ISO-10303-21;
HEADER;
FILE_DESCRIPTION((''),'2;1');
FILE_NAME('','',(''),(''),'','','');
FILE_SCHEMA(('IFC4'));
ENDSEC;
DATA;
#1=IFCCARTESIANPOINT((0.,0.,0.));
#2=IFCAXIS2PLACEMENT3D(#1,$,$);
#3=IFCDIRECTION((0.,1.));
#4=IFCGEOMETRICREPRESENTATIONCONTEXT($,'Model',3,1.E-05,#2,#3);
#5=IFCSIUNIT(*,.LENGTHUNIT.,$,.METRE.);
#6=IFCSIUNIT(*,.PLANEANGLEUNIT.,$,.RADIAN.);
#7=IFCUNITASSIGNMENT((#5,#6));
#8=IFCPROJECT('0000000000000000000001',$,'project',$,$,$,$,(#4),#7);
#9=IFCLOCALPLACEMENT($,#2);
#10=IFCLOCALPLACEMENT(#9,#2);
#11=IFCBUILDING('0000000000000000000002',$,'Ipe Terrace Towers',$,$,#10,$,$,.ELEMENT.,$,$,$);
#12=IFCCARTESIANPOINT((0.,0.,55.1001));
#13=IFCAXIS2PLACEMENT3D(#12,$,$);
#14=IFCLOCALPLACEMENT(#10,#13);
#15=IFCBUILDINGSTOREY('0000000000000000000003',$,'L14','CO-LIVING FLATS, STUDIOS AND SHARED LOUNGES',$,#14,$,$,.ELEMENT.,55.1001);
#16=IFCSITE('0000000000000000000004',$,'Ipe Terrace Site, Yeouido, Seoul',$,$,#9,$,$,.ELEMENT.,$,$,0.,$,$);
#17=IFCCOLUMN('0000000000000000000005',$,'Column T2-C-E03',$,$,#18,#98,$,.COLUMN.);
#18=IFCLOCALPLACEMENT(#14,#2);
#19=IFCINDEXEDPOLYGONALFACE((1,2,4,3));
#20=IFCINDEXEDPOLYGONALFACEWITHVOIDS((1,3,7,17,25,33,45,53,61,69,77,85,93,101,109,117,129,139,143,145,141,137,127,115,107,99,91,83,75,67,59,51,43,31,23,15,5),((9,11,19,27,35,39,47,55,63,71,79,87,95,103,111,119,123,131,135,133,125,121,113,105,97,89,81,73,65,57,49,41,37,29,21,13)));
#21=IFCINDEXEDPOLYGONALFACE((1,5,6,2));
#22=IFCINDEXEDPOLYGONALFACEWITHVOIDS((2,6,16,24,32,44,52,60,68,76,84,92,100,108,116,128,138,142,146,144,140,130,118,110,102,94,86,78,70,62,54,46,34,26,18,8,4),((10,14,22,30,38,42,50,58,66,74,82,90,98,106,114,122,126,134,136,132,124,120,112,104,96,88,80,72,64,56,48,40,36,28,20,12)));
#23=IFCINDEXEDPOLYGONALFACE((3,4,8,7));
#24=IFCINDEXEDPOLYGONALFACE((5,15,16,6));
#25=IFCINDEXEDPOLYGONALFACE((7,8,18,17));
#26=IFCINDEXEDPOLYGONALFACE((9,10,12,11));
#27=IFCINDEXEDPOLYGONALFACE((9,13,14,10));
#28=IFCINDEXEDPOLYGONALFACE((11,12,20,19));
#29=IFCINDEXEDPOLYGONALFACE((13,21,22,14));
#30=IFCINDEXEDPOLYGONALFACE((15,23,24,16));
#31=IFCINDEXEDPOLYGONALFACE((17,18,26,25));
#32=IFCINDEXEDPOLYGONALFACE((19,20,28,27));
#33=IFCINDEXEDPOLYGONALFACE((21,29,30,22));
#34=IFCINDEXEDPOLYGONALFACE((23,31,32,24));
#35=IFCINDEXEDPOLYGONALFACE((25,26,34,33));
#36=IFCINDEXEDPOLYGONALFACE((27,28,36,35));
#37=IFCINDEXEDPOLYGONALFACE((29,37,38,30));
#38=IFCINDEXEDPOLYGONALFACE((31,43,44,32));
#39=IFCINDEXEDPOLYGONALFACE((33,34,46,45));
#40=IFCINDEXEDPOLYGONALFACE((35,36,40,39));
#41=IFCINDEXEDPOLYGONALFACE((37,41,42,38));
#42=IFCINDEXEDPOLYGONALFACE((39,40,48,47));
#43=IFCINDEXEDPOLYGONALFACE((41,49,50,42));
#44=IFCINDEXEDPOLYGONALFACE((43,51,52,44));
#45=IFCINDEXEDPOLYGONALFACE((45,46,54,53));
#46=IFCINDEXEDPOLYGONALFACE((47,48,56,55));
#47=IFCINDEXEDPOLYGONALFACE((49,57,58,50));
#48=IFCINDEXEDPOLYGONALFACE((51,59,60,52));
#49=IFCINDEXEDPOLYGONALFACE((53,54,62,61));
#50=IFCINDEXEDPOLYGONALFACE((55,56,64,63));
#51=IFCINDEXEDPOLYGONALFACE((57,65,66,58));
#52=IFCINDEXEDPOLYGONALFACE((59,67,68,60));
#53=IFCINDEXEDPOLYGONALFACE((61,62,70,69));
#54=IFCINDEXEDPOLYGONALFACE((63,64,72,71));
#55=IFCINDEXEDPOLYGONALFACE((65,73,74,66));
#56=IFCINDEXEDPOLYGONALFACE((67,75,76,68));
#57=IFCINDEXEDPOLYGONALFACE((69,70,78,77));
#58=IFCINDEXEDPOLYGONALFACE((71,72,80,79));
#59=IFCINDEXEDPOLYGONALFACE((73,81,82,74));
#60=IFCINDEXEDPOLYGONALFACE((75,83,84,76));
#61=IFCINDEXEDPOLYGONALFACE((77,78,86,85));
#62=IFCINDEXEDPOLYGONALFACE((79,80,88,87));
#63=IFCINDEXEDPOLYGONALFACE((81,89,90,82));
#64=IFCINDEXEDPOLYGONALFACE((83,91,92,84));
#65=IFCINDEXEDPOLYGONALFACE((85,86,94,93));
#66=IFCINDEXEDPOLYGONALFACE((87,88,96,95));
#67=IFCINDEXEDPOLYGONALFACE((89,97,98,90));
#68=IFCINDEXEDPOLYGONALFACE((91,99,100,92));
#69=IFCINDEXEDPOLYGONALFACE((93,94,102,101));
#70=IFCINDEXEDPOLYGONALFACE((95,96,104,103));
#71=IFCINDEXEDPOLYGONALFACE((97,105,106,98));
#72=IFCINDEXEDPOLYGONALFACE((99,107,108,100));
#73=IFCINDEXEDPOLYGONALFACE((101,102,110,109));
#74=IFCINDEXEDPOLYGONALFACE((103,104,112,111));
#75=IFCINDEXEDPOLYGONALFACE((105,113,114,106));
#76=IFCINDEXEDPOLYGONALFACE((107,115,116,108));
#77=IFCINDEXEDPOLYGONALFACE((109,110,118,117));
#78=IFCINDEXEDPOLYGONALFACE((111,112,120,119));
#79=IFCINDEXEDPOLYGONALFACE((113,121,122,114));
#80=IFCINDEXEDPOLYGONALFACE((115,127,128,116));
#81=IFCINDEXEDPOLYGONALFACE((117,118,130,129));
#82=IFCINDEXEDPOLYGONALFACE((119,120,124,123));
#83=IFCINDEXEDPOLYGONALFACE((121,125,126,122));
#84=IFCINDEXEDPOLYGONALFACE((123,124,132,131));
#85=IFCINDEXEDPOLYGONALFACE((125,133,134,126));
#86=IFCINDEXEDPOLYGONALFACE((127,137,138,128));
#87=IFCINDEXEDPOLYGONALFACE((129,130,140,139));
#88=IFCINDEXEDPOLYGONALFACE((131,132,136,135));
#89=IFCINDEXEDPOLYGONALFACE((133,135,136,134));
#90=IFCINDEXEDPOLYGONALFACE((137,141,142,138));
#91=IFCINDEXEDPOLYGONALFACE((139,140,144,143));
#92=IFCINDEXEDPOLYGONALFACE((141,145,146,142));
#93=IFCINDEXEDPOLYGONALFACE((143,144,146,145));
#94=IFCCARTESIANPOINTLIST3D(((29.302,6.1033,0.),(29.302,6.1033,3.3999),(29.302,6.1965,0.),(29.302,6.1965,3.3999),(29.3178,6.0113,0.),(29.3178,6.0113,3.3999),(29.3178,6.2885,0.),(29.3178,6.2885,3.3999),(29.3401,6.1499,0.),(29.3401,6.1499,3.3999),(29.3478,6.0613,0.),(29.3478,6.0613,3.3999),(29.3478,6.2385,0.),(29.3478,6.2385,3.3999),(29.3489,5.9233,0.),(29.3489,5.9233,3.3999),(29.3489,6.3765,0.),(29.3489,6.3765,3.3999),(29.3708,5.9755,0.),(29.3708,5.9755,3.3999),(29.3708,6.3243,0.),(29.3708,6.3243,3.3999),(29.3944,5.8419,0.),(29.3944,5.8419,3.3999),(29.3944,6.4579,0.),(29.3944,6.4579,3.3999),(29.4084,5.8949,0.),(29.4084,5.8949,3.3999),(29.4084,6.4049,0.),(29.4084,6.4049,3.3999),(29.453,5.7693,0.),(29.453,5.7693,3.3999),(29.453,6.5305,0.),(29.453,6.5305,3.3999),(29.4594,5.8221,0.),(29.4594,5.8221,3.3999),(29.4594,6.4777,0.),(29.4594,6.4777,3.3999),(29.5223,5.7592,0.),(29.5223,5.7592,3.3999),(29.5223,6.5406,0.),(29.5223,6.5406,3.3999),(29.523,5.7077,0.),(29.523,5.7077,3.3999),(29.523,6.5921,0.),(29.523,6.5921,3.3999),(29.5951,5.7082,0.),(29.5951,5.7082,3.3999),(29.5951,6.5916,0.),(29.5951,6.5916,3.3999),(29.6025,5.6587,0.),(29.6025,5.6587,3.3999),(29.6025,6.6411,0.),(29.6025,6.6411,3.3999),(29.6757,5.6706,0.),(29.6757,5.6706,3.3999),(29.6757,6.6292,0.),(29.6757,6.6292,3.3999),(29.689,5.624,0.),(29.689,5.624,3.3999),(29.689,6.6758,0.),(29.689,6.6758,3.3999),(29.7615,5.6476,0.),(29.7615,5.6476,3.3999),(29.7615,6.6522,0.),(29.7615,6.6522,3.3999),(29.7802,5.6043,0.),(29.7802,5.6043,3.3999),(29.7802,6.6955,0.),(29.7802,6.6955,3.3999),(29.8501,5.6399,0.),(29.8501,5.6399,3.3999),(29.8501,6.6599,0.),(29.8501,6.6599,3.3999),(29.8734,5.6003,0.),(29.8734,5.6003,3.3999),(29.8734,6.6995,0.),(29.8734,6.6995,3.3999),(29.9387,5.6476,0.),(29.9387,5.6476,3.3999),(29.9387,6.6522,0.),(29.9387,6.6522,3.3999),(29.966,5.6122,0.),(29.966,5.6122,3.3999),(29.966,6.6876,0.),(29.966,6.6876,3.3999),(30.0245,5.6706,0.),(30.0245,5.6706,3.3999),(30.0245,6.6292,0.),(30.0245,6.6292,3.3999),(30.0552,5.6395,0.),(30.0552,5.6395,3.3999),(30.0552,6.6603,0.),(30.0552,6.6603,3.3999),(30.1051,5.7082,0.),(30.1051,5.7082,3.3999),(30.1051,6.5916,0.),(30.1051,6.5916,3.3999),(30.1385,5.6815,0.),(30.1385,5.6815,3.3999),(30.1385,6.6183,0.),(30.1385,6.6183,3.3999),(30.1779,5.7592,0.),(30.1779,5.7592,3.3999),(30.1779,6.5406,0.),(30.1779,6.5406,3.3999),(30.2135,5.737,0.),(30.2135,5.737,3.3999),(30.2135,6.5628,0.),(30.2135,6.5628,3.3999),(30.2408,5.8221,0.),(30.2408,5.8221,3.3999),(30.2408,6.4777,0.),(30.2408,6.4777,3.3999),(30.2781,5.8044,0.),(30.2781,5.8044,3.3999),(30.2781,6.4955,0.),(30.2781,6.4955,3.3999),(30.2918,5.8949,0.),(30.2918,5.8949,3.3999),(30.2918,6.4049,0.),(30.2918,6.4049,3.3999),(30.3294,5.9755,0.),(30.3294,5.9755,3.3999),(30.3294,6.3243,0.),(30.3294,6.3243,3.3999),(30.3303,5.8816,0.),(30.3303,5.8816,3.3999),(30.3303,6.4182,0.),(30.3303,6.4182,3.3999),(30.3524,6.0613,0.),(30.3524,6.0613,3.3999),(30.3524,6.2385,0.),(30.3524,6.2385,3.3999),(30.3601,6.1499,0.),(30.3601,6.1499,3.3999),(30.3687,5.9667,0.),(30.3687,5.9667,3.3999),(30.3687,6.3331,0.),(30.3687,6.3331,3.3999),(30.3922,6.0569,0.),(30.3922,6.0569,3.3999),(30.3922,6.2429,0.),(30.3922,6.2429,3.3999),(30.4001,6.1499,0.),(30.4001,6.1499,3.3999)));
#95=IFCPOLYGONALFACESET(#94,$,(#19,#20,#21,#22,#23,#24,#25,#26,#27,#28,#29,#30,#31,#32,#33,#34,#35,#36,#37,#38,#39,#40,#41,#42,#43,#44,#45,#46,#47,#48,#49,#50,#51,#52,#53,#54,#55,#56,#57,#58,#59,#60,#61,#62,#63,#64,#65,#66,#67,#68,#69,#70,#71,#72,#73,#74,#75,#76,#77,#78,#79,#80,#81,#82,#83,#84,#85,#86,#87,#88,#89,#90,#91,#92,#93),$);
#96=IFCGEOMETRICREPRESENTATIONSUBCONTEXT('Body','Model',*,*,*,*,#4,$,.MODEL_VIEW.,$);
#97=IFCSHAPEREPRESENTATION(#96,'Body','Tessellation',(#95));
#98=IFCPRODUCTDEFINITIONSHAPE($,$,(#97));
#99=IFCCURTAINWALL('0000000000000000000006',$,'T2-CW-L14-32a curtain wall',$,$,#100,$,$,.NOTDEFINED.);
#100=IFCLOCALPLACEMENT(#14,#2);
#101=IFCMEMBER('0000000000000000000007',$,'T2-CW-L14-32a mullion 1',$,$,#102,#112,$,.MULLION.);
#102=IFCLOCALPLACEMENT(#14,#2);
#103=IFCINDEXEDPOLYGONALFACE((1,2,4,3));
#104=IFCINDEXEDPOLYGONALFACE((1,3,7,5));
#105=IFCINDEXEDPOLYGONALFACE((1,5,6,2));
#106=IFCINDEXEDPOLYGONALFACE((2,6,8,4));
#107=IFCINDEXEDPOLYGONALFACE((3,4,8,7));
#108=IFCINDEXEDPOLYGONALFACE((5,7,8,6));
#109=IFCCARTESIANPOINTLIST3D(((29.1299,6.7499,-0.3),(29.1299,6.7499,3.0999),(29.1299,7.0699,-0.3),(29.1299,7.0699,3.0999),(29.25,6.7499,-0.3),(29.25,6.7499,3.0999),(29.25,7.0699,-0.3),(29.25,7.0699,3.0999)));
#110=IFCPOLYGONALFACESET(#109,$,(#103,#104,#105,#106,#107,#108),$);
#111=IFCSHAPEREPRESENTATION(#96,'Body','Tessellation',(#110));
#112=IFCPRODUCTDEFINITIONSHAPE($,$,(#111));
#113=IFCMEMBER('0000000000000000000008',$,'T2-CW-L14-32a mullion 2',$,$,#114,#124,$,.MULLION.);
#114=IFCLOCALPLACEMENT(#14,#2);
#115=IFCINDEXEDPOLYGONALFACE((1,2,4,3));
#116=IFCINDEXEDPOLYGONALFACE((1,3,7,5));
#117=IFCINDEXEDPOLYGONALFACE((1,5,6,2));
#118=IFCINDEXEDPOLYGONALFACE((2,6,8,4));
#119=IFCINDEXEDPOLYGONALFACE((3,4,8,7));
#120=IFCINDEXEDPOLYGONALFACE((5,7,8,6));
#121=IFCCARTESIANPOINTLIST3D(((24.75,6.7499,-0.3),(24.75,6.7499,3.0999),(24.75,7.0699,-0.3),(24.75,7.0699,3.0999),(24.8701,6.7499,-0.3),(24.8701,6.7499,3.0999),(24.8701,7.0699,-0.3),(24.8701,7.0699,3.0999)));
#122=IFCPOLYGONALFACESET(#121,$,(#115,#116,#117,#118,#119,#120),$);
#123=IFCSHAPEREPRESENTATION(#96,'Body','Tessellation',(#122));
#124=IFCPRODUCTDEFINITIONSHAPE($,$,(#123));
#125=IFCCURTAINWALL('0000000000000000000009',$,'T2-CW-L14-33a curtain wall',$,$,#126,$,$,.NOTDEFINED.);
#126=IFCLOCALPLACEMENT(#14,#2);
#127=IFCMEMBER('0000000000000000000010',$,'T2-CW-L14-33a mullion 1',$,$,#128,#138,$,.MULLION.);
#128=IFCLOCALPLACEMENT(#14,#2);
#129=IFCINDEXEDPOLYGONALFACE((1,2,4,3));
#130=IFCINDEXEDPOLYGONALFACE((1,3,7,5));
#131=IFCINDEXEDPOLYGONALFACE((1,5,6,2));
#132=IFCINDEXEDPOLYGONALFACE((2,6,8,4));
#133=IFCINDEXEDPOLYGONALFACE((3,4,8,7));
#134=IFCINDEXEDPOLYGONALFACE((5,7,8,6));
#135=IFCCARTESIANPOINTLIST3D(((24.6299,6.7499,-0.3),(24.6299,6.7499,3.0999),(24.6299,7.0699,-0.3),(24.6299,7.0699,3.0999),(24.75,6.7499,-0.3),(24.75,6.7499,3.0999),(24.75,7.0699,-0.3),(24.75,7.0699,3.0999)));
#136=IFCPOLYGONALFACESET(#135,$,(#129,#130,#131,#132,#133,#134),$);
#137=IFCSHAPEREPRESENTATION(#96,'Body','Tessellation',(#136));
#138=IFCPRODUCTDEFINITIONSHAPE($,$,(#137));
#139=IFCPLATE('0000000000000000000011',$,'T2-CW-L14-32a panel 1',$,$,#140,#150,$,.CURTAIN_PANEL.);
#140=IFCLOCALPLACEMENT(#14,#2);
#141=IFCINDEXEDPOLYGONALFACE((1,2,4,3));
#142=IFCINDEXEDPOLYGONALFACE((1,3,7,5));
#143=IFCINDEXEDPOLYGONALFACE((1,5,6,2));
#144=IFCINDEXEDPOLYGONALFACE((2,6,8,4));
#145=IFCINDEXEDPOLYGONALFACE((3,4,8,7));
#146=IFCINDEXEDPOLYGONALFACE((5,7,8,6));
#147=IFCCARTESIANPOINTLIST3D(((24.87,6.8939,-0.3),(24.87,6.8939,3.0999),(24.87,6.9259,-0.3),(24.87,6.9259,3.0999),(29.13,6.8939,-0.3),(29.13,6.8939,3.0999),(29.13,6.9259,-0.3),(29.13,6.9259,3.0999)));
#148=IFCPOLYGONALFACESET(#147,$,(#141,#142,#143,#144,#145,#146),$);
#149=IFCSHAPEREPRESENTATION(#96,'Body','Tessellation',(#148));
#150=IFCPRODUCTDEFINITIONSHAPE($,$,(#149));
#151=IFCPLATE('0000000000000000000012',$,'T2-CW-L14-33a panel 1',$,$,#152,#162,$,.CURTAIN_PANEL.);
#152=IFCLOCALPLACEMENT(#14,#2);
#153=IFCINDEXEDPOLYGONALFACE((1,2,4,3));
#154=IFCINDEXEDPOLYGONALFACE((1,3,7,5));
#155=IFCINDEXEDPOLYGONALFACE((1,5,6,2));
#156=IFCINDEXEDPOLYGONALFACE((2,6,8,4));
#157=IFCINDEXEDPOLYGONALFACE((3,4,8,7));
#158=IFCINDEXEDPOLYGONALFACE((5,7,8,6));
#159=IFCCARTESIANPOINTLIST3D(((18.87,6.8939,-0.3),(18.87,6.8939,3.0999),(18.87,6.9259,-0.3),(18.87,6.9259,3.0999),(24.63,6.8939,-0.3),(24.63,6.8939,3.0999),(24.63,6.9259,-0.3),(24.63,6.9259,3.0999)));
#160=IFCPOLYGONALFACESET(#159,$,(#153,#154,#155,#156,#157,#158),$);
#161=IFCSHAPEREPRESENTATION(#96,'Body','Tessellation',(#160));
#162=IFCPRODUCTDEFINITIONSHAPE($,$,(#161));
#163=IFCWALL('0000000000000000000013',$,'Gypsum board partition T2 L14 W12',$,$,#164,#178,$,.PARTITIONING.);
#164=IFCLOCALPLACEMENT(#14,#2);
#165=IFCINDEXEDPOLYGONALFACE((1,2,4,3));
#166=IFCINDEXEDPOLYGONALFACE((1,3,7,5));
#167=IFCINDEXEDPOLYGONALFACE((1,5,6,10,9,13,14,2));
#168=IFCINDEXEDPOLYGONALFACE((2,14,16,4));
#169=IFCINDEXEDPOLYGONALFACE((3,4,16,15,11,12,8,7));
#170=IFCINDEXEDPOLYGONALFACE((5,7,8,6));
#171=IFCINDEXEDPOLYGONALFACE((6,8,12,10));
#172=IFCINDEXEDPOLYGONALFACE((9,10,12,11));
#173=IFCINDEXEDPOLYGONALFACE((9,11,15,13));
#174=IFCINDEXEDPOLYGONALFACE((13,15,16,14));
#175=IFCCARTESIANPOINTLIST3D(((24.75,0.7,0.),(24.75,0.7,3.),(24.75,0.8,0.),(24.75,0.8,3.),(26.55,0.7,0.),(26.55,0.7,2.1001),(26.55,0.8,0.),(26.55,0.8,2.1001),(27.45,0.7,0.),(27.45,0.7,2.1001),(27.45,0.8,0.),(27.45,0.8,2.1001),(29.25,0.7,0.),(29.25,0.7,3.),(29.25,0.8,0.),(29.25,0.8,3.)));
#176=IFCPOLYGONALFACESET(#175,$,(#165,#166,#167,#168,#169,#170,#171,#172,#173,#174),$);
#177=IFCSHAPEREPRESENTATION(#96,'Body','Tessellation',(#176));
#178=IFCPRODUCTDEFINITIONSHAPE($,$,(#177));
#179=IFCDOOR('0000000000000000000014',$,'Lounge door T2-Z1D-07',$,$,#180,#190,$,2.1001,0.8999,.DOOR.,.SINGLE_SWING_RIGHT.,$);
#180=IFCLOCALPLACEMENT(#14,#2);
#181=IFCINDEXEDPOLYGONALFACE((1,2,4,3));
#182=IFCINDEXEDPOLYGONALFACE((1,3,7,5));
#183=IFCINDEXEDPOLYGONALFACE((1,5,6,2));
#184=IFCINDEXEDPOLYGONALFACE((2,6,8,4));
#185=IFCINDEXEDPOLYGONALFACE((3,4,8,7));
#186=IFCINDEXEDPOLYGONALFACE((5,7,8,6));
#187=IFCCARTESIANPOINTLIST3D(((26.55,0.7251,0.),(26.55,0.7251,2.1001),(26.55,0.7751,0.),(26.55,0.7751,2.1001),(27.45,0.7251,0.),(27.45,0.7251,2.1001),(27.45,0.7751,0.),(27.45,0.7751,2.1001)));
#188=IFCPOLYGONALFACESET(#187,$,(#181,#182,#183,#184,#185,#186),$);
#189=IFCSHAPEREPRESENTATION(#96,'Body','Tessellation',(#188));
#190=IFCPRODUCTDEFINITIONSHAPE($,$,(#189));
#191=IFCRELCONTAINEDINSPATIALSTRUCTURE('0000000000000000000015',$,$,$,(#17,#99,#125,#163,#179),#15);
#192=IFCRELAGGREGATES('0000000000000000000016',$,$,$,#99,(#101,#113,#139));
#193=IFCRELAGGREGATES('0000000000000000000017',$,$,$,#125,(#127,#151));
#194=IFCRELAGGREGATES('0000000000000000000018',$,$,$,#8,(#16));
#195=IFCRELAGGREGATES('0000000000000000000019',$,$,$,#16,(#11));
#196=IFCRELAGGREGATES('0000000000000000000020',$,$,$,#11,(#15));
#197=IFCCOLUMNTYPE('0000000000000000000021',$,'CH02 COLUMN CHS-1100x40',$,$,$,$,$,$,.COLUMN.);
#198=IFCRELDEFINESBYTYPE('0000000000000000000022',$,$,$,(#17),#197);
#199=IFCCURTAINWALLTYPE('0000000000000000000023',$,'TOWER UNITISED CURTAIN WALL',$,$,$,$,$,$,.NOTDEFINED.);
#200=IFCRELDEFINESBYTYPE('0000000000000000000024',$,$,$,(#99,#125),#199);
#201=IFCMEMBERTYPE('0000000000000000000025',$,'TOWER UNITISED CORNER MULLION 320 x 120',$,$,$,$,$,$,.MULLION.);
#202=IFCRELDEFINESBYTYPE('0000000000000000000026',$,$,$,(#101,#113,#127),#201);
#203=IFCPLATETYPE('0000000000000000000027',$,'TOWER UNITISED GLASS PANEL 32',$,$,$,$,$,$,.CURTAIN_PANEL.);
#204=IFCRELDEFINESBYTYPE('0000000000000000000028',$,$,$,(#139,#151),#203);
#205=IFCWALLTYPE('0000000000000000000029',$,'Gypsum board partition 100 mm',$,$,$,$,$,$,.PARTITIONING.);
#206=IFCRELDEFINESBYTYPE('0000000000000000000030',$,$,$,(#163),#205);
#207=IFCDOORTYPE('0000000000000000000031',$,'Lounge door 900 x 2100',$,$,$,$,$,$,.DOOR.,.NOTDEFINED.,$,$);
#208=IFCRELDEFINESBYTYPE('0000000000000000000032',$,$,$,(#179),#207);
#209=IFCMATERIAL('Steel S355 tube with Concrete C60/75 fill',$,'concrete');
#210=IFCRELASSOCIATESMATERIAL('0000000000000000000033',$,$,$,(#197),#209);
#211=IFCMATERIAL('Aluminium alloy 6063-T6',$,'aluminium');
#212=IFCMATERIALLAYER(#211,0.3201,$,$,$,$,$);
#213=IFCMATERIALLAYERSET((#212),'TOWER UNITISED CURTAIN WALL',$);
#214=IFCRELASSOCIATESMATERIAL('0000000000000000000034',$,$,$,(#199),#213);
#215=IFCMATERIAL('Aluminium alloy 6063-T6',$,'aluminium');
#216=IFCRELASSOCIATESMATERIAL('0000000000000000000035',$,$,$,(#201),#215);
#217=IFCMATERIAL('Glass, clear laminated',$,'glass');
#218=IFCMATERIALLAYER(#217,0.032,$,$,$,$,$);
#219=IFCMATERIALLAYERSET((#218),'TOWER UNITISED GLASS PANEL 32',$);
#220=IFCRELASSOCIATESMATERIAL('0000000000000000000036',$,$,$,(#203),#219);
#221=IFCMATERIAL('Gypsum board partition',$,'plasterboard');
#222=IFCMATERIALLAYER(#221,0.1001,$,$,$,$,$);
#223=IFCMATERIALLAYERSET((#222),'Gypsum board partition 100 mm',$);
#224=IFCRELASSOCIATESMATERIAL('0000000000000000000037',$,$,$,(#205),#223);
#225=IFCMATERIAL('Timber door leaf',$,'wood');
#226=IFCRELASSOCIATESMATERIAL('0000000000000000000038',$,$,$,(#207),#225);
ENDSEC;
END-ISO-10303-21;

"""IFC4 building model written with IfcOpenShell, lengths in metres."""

from ifc_helpers import new_model, si_unit, direction, frame, frame_2d, origin, origin_2d, place, context, subcontext, project, spatial, rectangle, hollow_circle, extrude, material, layer, layer_set, material_profile, profile_set, type_object, element, fill, aggregate, save


model = new_model("IFC4")

# Units and contexts
model_context = context("Model", 3, precision=1e-05, world=origin(), true_north=direction((0.0, 1.0)))
body_context = subcontext(model_context, "Body", "Model", "MODEL_VIEW")
ifc_project = project(units=[si_unit("LENGTHUNIT", "METRE"), si_unit("PLANEANGLEUNIT", "RADIAN")], contexts=[model_context])

# Site, building, storey
site_placement = place(None, origin())
site = spatial("IfcSite", under=ifc_project, at=site_placement, Name="Ipe Terrace Site, Yeouido, Seoul", CompositionType="ELEMENT", RefElevation=0.0)
building_placement = place(site_placement, origin())
building = spatial("IfcBuilding", under=site, at=building_placement, Name="Ipe Terrace Towers", CompositionType="ELEMENT")
storey_placement = place(building_placement, frame((0.0, 0.0, 55.1001)))
storey = spatial("IfcBuildingStorey", under=building, at=storey_placement, Name="L14", Description="CO-LIVING FLATS, STUDIOS AND SHARED LOUNGES", CompositionType="ELEMENT", Elevation=55.1001)

# Column
ifc_material_1 = material(Name="Steel S355 tube with Concrete C60/75 fill", Category="concrete")
ifc_material_profile_1 = material_profile(ifc_material_1, hollow_circle(Radius=0.55, WallThickness=0.04, at=origin_2d()), Name="CHS-1100x40")
ifc_profile_set_1 = profile_set([ifc_material_profile_1], Name="Steel S355 tube with Concrete C60/75 fill")
column_type = type_object("IfcColumnType", Name="CH02 COLUMN CHS-1100x40", PredefinedType="COLUMN", material=ifc_profile_set_1)
column_placement = place(storey_placement, frame((29.8501, 6.1499, 0.0), z_axis=(0.0, 0.0, 1.0), x_axis=(1.0, 0.0, 0.0)))
element("IfcColumn", 1, at=column_placement, inside=storey, type_object=column_type, Name="Column T2-C-E03", PredefinedType="COLUMN", context=body_context, shape_type="SweptSolid", body=[
    extrude(hollow_circle(Radius=0.55, WallThickness=0.04, at=origin_2d()), origin(), (0.0, 0.0, 1.0), 3.3999),
])

# Curtain wall, members
ifc_material_2 = material(Name="Aluminium alloy 6063-T6", Category="aluminium")
ifc_layer_1 = layer(ifc_material_2, 0.3201)
ifc_layer_set_1 = layer_set([ifc_layer_1], Name="TOWER UNITISED CURTAIN WALL")
curtain_wall_type = type_object("IfcCurtainWallType", Name="TOWER UNITISED CURTAIN WALL", PredefinedType="NOTDEFINED", material=ifc_layer_set_1)
curtain_wall_1_placement = place(storey_placement, origin())
curtain_wall_1 = element("IfcCurtainWall", 2, at=curtain_wall_1_placement, inside=storey, type_object=curtain_wall_type, Name="T2-CW-L14-32a curtain wall", PredefinedType="NOTDEFINED")
ifc_material_3 = material(Name="Aluminium alloy 6063-T6", Category="aluminium")
ifc_material_profile_2 = material_profile(ifc_material_3, rectangle(XDim=0.3201, YDim=0.1201, at=origin_2d()), Name="TOWER UNITISED CORNER MULLION 320 x 120")
ifc_profile_set_2 = profile_set([ifc_material_profile_2], Name="Aluminium alloy 6063-T6")
member_type = type_object("IfcMemberType", Name="TOWER UNITISED CORNER MULLION 320 x 120", PredefinedType="MULLION", material=ifc_profile_set_2)
member_1_placement = place(storey_placement, frame((29.1899, 6.9099, -0.3), z_axis=(0.0, 0.0, 1.0), x_axis=(0.0, 1.0, 0.0)))
member_1 = element("IfcMember", 3, at=member_1_placement, type_object=member_type, Name="T2-CW-L14-32a mullion 1", PredefinedType="MULLION", context=body_context, shape_type="SweptSolid", body=[
    extrude(rectangle(XDim=0.3201, YDim=0.1201, at=origin_2d()), origin(), (0.0, 0.0, 1.0), 3.3999),
])
member_2_placement = place(storey_placement, frame((24.8101, 6.9099, -0.3), z_axis=(0.0, 0.0, 1.0), x_axis=(0.0, 1.0, 0.0)))
member_2 = element("IfcMember", 4, at=member_2_placement, type_object=member_type, Name="T2-CW-L14-32a mullion 2", PredefinedType="MULLION", context=body_context, shape_type="SweptSolid", body=[
    extrude(rectangle(XDim=0.3201, YDim=0.1201, at=origin_2d()), origin(), (0.0, 0.0, 1.0), 3.3999),
])

# Curtain wall, member
curtain_wall_2_placement = place(storey_placement, origin())
curtain_wall_2 = element("IfcCurtainWall", 5, at=curtain_wall_2_placement, inside=storey, type_object=curtain_wall_type, Name="T2-CW-L14-33a curtain wall", PredefinedType="NOTDEFINED")
member_3_placement = place(storey_placement, frame((24.6899, 6.9099, -0.3), z_axis=(0.0, 0.0, 1.0), x_axis=(0.0, 1.0, 0.0)))
member_3 = element("IfcMember", 6, at=member_3_placement, type_object=member_type, Name="T2-CW-L14-33a mullion 1", PredefinedType="MULLION", context=body_context, shape_type="SweptSolid", body=[
    extrude(rectangle(XDim=0.3201, YDim=0.1201, at=origin_2d()), origin(), (0.0, 0.0, 1.0), 3.3999),
])

# Plates
ifc_material_4 = material(Name="Glass, clear laminated", Category="glass")
ifc_layer_2 = layer(ifc_material_4, 0.032)
ifc_layer_set_2 = layer_set([ifc_layer_2], Name="TOWER UNITISED GLASS PANEL 32")
plate_type = type_object("IfcPlateType", Name="TOWER UNITISED GLASS PANEL 32", PredefinedType="CURTAIN_PANEL", material=ifc_layer_set_2)
plate_1_placement = place(storey_placement, frame((27.0, 6.9099, -0.3), z_axis=(0.0, 0.0, 1.0), x_axis=(-1.0, 0.0, 0.0)))
plate_1 = element("IfcPlate", 7, at=plate_1_placement, type_object=plate_type, Name="T2-CW-L14-32a panel 1", PredefinedType="CURTAIN_PANEL", context=body_context, shape_type="SweptSolid", body=[
    extrude(rectangle(XDim=4.26, YDim=0.032, at=origin_2d()), origin(), (0.0, 0.0, 1.0), 3.3999),
])
aggregate(curtain_wall_1, [member_1, member_2, plate_1])
plate_2_placement = place(storey_placement, frame((21.75, 6.9099, -0.3), z_axis=(0.0, 0.0, 1.0), x_axis=(-1.0, 0.0, 0.0)))
plate_2 = element("IfcPlate", 8, at=plate_2_placement, type_object=plate_type, Name="T2-CW-L14-33a panel 1", PredefinedType="CURTAIN_PANEL", context=body_context, shape_type="SweptSolid", body=[
    extrude(rectangle(XDim=5.76, YDim=0.032, at=origin_2d()), origin(), (0.0, 0.0, 1.0), 3.3999),
])
aggregate(curtain_wall_2, [member_3, plate_2])

# Wall, opening, door
ifc_material_5 = material(Name="Gypsum board partition", Category="plasterboard")
ifc_layer_3 = layer(ifc_material_5, 0.1001)
ifc_layer_set_3 = layer_set([ifc_layer_3], Name="Gypsum board partition 100 mm")
wall_type_1 = type_object("IfcWallType", Name="Gypsum board partition 100 mm", PredefinedType="PARTITIONING", material=ifc_layer_set_3)
wall_1_placement = place(storey_placement, frame((29.25, 0.75, 0.0), z_axis=(0.0, 0.0, 1.0), x_axis=(-1.0, 0.0, 0.0)))
wall_1 = element("IfcWall", 9, at=wall_1_placement, inside=storey, type_object=wall_type_1, Name="Gypsum board partition T2 L14 W12", PredefinedType="PARTITIONING", context=body_context, shape_type="SweptSolid", body=[
    extrude(rectangle(XDim=4.5, YDim=0.1001, at=frame_2d((2.25, 0.0))), origin(), (0.0, 0.0, 1.0), 3.0),
])
opening_1_placement = place(wall_1_placement, frame((1.8, 0.0, 0.0)))
opening_1 = element("IfcOpeningElement", 10, at=opening_1_placement, cuts=wall_1, PredefinedType="OPENING", context=body_context, shape_type="SweptSolid", body=[
    extrude(rectangle(XDim=0.8999, YDim=2.1001, at=frame_2d((0.45, 1.05))), frame((0.0, 0.0601, 0.0), z_axis=(0.0, -1.0, 0.0), x_axis=(1.0, 0.0, 0.0)), (0.0, 0.0, 1.0), 0.1201),
])
ifc_material_6 = material(Name="Timber door leaf", Category="wood")
door_type_1 = type_object("IfcDoorType", Name="Lounge door 900 x 2100", OperationType="NOTDEFINED", PredefinedType="DOOR", material=ifc_material_6)
door_1_placement = place(opening_1_placement, origin())
door_1 = element("IfcDoor", 11, at=door_1_placement, inside=storey, type_object=door_type_1, Name="Lounge door T2-Z1D-07", OperationType="SINGLE_SWING_RIGHT", OverallHeight=2.1001, OverallWidth=0.8999, PredefinedType="DOOR", context=body_context, shape_type="SweptSolid", body=[
    extrude(rectangle(XDim=0.8999, YDim=2.1001, at=frame_2d((0.45, 1.05))), frame((0.0, 0.0249, 0.0), z_axis=(0.0, -1.0, 0.0), x_axis=(1.0, 0.0, 0.0)), (0.0, 0.0, 1.0), 0.05),
])
fill(opening_1, door_1)

save(model, "model.ifc")
